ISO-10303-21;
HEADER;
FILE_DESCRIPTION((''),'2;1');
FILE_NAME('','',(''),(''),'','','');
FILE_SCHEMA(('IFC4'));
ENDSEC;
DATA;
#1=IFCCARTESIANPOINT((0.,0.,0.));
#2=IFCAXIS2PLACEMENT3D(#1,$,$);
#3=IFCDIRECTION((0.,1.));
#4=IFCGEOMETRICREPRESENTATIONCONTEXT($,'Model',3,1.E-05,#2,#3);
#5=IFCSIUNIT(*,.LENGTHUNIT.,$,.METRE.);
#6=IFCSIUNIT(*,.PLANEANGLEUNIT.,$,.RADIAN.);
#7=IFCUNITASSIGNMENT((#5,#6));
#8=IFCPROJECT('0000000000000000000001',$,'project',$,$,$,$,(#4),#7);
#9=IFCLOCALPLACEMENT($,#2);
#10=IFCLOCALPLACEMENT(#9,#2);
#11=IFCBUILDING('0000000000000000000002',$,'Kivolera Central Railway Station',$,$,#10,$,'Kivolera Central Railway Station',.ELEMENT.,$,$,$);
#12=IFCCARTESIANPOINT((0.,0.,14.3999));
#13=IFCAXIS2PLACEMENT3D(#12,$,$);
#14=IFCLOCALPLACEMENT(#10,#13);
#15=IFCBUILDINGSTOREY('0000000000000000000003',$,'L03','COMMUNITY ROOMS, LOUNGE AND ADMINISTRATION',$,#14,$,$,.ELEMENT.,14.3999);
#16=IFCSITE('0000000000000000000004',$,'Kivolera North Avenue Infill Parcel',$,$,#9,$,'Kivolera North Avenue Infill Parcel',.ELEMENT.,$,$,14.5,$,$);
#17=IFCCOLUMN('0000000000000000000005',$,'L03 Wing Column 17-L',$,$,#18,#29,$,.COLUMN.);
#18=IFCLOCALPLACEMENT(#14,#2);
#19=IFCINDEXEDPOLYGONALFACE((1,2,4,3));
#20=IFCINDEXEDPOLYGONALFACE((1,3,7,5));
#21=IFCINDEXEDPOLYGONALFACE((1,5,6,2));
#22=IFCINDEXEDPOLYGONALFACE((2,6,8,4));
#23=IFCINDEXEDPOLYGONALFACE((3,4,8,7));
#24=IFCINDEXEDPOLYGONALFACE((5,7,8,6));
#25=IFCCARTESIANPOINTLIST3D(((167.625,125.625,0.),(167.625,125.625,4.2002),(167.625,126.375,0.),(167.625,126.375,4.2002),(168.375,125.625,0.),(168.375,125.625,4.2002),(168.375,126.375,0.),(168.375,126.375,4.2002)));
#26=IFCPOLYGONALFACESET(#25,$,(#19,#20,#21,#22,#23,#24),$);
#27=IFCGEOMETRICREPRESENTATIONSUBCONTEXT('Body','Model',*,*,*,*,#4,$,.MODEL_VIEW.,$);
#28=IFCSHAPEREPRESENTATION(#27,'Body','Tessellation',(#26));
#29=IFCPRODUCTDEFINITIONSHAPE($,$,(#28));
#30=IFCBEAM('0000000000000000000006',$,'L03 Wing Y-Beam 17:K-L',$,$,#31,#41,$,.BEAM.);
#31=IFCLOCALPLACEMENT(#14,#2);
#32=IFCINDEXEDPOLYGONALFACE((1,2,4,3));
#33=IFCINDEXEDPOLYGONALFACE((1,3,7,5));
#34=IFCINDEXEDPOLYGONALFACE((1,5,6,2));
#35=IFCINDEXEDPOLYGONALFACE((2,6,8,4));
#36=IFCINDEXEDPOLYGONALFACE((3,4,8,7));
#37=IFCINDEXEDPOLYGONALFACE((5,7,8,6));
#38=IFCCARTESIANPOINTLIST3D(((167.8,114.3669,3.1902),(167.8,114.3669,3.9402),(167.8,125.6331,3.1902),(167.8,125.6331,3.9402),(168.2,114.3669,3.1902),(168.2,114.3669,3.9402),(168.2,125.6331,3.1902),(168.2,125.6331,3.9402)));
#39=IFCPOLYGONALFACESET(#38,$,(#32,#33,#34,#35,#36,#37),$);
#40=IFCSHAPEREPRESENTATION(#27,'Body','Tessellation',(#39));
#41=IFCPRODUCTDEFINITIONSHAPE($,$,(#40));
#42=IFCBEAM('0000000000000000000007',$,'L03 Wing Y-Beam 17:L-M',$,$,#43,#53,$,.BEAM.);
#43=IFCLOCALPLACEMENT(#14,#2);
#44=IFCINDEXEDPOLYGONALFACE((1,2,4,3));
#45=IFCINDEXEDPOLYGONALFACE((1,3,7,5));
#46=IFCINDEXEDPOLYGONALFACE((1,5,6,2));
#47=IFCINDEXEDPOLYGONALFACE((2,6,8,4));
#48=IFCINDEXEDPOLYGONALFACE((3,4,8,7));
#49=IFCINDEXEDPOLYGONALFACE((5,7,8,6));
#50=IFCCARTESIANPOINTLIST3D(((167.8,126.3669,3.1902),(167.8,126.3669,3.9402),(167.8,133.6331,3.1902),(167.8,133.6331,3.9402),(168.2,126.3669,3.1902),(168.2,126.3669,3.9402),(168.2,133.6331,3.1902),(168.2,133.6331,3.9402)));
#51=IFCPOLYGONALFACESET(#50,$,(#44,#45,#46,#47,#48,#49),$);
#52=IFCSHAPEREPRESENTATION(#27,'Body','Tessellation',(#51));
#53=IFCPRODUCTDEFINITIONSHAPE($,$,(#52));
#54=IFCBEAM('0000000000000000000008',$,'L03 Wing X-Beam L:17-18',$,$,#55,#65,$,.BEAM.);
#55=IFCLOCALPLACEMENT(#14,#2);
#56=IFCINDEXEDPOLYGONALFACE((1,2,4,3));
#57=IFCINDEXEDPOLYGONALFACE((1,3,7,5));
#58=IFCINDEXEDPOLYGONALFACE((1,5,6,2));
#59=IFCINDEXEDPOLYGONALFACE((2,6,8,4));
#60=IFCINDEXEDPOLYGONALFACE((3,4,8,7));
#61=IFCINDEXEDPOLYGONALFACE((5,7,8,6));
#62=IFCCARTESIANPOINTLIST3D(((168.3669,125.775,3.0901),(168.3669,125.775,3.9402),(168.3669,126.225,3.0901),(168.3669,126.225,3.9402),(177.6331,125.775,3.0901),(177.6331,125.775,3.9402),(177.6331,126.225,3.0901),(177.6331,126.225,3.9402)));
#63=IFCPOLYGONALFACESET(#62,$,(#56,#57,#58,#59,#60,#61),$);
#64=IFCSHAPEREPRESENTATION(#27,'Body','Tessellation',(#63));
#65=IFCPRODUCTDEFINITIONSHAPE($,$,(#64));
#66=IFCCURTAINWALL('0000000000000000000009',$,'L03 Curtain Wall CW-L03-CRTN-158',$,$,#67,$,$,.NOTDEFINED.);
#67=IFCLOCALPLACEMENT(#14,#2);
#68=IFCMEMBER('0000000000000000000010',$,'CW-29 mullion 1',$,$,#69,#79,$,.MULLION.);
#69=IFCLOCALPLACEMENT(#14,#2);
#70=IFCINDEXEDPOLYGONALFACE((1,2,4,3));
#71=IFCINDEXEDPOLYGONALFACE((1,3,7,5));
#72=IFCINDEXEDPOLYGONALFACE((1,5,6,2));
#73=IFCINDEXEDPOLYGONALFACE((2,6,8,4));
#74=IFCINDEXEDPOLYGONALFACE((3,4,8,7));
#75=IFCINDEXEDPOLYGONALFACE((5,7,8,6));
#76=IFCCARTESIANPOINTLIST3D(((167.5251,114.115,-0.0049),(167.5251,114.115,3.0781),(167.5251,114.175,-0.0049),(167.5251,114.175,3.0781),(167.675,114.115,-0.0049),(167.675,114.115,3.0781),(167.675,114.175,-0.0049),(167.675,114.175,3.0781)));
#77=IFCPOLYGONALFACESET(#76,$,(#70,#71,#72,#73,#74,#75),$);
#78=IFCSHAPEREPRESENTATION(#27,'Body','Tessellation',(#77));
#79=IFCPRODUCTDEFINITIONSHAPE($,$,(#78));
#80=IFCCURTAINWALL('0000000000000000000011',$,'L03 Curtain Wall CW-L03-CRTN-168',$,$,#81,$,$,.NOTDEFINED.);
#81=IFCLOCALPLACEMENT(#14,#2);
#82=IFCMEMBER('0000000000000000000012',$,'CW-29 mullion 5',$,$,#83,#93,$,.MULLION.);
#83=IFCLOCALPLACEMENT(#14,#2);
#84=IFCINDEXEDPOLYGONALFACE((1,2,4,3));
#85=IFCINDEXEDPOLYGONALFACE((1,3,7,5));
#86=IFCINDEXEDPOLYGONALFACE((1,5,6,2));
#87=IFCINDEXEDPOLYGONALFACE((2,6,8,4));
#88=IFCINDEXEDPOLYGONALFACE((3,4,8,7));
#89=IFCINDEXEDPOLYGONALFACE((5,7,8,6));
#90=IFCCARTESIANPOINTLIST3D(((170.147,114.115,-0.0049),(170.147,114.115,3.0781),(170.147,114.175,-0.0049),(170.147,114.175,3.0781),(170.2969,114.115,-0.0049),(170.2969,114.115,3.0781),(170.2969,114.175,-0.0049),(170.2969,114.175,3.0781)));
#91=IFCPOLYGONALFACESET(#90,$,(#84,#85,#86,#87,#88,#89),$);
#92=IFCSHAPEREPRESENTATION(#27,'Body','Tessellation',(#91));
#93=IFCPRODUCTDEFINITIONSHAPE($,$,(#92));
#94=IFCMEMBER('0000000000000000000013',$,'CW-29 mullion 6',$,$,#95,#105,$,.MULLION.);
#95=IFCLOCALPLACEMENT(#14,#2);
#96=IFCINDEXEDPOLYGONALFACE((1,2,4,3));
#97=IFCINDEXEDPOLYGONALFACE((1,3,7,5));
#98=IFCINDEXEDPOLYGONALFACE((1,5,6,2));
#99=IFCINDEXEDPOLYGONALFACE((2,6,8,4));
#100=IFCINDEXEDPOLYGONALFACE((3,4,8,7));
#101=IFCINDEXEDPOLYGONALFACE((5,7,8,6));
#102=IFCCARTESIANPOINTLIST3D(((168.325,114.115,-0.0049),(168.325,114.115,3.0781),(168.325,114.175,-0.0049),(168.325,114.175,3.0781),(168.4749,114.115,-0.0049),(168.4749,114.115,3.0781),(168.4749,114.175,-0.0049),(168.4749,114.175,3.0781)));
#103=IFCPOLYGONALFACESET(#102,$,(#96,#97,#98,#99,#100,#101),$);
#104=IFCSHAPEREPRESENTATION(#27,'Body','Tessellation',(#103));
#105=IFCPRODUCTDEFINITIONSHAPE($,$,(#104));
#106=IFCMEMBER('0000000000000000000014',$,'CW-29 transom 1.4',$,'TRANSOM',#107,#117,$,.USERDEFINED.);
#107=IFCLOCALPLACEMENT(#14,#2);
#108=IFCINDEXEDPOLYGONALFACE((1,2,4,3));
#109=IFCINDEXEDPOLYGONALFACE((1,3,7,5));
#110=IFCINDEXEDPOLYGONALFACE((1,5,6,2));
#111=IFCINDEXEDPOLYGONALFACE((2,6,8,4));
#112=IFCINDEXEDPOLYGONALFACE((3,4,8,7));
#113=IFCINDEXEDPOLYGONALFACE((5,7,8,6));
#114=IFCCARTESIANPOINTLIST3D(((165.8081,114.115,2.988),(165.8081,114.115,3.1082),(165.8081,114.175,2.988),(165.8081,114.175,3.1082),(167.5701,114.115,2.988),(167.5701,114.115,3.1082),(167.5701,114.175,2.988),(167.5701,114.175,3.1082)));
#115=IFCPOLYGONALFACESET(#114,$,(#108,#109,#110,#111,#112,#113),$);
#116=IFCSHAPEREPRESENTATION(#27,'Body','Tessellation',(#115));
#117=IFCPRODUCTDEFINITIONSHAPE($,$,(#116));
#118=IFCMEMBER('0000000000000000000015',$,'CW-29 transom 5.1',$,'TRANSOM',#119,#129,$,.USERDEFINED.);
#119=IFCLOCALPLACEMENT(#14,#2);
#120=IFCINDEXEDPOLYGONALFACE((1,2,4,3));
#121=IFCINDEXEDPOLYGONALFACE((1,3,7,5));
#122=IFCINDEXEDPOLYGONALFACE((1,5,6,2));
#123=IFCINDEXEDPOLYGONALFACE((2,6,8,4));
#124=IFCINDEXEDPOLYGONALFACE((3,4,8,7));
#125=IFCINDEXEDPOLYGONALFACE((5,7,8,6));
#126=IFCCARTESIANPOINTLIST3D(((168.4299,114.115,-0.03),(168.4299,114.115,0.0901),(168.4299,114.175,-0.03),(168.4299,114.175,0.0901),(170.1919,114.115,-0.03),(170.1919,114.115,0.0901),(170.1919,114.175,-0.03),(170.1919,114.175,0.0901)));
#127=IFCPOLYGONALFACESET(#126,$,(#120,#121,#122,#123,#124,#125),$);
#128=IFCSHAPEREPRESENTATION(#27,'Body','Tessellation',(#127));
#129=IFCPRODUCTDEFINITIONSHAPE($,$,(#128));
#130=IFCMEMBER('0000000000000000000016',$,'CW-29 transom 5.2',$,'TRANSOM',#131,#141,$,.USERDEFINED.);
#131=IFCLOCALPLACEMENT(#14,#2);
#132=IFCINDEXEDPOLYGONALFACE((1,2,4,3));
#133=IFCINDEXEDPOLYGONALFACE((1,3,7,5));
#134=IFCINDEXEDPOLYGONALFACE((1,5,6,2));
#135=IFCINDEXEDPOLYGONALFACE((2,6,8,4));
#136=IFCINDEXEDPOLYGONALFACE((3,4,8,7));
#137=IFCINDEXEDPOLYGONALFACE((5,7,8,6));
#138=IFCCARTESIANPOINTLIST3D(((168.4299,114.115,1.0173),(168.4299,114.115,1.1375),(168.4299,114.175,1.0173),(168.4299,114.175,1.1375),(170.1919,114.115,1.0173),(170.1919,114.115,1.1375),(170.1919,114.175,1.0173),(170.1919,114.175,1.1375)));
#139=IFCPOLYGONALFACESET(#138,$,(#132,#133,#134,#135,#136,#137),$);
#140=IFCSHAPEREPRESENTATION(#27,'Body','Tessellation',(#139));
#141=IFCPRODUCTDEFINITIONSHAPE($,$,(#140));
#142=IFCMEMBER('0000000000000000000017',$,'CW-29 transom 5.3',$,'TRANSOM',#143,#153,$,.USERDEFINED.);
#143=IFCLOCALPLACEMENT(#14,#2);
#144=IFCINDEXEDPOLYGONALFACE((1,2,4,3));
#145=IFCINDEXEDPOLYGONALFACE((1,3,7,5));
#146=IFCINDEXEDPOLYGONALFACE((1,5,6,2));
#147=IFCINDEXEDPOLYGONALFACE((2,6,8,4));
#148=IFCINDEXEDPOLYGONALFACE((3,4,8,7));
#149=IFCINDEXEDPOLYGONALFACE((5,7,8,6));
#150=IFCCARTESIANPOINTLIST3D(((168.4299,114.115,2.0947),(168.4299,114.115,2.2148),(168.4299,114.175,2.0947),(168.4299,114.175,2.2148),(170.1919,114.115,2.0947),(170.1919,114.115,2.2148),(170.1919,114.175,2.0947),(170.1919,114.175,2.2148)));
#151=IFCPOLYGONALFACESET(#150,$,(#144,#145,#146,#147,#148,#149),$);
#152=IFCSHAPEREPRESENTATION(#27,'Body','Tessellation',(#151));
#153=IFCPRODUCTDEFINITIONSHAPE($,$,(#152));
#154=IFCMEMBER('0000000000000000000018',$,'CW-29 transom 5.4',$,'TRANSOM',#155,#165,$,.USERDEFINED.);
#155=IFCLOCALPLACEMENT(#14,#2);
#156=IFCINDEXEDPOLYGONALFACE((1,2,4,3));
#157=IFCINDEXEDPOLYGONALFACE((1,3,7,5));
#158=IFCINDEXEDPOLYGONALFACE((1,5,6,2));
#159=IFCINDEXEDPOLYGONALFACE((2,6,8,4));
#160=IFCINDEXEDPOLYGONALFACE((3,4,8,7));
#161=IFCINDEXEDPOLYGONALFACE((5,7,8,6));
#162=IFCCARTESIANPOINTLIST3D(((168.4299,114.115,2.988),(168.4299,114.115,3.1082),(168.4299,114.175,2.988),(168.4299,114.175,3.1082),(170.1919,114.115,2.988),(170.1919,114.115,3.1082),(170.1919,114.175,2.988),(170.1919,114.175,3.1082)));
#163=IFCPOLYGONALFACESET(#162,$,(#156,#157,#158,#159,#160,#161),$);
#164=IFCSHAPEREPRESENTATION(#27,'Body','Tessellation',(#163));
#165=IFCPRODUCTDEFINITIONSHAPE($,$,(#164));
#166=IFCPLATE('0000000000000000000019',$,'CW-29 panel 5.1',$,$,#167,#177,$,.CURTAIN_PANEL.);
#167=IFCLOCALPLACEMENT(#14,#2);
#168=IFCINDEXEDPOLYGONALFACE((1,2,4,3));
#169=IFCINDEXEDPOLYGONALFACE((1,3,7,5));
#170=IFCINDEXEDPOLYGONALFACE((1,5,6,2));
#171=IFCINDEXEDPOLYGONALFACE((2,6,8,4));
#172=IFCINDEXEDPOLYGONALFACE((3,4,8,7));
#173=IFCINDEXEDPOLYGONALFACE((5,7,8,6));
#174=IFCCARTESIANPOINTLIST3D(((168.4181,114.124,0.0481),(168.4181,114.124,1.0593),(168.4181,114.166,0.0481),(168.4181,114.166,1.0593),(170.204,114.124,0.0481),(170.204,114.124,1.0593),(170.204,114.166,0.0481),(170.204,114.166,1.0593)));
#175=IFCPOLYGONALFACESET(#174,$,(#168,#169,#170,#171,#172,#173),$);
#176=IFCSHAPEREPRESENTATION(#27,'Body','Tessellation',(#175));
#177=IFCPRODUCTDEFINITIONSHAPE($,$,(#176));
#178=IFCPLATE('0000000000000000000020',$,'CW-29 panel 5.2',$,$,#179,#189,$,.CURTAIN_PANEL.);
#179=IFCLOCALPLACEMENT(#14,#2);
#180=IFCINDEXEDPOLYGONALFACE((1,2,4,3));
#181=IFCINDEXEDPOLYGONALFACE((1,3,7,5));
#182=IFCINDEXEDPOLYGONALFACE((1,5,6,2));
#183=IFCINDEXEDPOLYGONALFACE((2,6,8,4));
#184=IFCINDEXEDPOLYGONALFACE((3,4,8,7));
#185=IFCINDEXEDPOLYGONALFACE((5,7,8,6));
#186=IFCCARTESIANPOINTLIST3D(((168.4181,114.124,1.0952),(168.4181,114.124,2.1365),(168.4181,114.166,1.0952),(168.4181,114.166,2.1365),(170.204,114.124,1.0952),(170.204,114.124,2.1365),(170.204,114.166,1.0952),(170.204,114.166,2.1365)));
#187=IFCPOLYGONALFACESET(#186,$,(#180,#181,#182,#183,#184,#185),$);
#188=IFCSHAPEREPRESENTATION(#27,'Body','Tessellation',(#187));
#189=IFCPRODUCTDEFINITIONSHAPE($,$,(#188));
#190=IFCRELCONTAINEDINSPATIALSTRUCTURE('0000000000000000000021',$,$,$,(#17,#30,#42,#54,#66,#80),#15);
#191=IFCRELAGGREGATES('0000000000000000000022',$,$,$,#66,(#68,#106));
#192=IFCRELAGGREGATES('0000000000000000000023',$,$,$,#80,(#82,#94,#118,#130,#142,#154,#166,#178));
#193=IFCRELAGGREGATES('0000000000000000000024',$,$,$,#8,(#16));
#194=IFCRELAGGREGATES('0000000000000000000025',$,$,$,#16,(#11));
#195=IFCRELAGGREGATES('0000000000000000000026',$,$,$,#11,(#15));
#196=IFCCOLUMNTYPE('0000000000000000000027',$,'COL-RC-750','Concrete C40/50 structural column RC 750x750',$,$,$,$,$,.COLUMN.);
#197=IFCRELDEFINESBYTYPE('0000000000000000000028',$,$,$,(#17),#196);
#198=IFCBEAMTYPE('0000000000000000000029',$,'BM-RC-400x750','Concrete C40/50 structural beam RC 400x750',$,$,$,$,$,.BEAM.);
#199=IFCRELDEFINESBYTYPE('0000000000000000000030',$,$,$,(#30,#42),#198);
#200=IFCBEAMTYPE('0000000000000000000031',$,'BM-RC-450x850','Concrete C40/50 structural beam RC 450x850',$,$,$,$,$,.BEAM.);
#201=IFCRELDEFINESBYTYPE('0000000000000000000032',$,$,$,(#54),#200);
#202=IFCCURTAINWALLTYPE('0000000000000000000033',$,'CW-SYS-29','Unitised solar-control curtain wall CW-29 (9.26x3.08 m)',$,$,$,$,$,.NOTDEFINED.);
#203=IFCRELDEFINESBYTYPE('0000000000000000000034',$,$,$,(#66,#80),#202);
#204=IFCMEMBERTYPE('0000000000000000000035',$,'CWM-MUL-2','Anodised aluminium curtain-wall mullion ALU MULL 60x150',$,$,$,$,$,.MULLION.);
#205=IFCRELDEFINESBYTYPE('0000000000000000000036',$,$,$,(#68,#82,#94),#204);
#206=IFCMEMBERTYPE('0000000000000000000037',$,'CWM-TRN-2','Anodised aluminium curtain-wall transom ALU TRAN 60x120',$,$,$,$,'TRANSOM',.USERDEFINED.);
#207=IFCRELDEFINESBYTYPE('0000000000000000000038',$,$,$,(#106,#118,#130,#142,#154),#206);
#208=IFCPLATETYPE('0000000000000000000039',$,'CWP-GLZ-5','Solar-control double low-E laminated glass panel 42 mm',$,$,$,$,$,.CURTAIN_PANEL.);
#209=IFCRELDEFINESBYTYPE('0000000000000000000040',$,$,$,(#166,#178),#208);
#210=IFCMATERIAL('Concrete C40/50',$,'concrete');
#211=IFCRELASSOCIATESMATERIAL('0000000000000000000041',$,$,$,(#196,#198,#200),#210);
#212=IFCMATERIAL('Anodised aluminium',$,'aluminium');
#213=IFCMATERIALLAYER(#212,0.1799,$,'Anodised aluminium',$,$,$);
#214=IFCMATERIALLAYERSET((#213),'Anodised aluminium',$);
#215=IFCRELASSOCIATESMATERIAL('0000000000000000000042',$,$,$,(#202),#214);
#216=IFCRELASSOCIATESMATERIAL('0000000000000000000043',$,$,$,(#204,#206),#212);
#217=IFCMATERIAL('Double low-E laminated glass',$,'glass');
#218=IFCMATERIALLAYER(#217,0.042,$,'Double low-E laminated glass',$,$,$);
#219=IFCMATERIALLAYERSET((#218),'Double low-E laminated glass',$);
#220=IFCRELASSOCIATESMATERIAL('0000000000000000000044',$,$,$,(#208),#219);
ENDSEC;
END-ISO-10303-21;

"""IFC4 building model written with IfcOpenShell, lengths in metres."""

from ifc_helpers import new_model, si_unit, direction, frame, origin, origin_2d, place, context, subcontext, project, spatial, rectangle, extrude, material, layer, layer_set, material_profile, profile_set, type_object, element, aggregate, save


model = new_model("IFC4")

# Units and contexts
model_context = context("Model", 3, precision=1e-05, world=origin(), true_north=direction((0.0, 1.0)))
body_context = subcontext(model_context, "Body", "Model", "MODEL_VIEW")
ifc_project = project(units=[si_unit("LENGTHUNIT", "METRE"), si_unit("PLANEANGLEUNIT", "RADIAN")], contexts=[model_context])

# Site, building, storey
site_placement = place(None, origin())
site = spatial("IfcSite", under=ifc_project, at=site_placement, Name="Kivolera North Avenue Infill Parcel", LongName="Kivolera North Avenue Infill Parcel", CompositionType="ELEMENT", RefElevation=14.5)
building_placement = place(site_placement, origin())
building = spatial("IfcBuilding", under=site, at=building_placement, Name="Kivolera Central Railway Station", LongName="Kivolera Central Railway Station", CompositionType="ELEMENT")
storey_placement = place(building_placement, frame((0.0, 0.0, 14.3999)))
storey = spatial("IfcBuildingStorey", under=building, at=storey_placement, Name="L03", Description="COMMUNITY ROOMS, LOUNGE AND ADMINISTRATION", CompositionType="ELEMENT", Elevation=14.3999)

# Column
ifc_material_1 = material(Name="Concrete C40/50", Category="concrete")
ifc_material_profile_1 = material_profile(ifc_material_1, rectangle(XDim=0.75, YDim=0.75, at=origin_2d()), Name="RC 750x750")
ifc_profile_set_1 = profile_set([ifc_material_profile_1], Name="Concrete C40/50")
column_type = type_object("IfcColumnType", Name="COL-RC-750", Description="Concrete C40/50 structural column RC 750x750", PredefinedType="COLUMN", material=ifc_profile_set_1)
column_placement = place(storey_placement, frame((168.0, 126.0, 0.0), z_axis=(0.0, 0.0, 1.0), x_axis=(1.0, 0.0, 0.0)))
element("IfcColumn", 1, at=column_placement, inside=storey, type_object=column_type, Name="L03 Wing Column 17-L", PredefinedType="COLUMN", context=body_context, shape_type="SweptSolid", body=[
    extrude(rectangle(XDim=0.75, YDim=0.75, at=origin_2d()), origin(), (0.0, 0.0, 1.0), 4.2002),
])

# Beams
ifc_material_profile_2 = material_profile(ifc_material_1, rectangle(XDim=0.3999, YDim=0.75, at=origin_2d()), Name="RC 400x750")
ifc_profile_set_2 = profile_set([ifc_material_profile_2], Name="Concrete C40/50")
beam_type_1 = type_object("IfcBeamType", Name="BM-RC-400x750", Description="Concrete C40/50 structural beam RC 400x750", PredefinedType="BEAM", material=ifc_profile_set_2)
beam_1_placement = place(storey_placement, frame((168.0, 114.3669, 3.5652), z_axis=(0.0, 1.0, 0.0), x_axis=(-1.0, 0.0, 0.0)))
element("IfcBeam", 2, at=beam_1_placement, inside=storey, type_object=beam_type_1, Name="L03 Wing Y-Beam 17:K-L", PredefinedType="BEAM", context=body_context, shape_type="SweptSolid", body=[
    extrude(rectangle(XDim=0.3999, YDim=0.75, at=origin_2d()), origin(), (0.0, 0.0, 1.0), 11.2661),
])
beam_2_placement = place(storey_placement, frame((168.0, 126.3669, 3.5652), z_axis=(0.0, 1.0, 0.0), x_axis=(-1.0, 0.0, 0.0)))
element("IfcBeam", 3, at=beam_2_placement, inside=storey, type_object=beam_type_1, Name="L03 Wing Y-Beam 17:L-M", PredefinedType="BEAM", context=body_context, shape_type="SweptSolid", body=[
    extrude(rectangle(XDim=0.3999, YDim=0.75, at=origin_2d()), origin(), (0.0, 0.0, 1.0), 7.2661),
])
ifc_material_profile_3 = material_profile(ifc_material_1, rectangle(XDim=0.45, YDim=0.8501, at=origin_2d()), Name="RC 450x850")
ifc_profile_set_3 = profile_set([ifc_material_profile_3], Name="Concrete C40/50")
beam_type_2 = type_object("IfcBeamType", Name="BM-RC-450x850", Description="Concrete C40/50 structural beam RC 450x850", PredefinedType="BEAM", material=ifc_profile_set_3)
beam_3_placement = place(storey_placement, frame((168.3669, 126.0, 3.5151), z_axis=(1.0, 0.0, 0.0), x_axis=(0.0, 1.0, 0.0)))
element("IfcBeam", 4, at=beam_3_placement, inside=storey, type_object=beam_type_2, Name="L03 Wing X-Beam L:17-18", PredefinedType="BEAM", context=body_context, shape_type="SweptSolid", body=[
    extrude(rectangle(XDim=0.45, YDim=0.8501, at=origin_2d()), origin(), (0.0, 0.0, 1.0), 9.2661),
])

# Curtain wall, member
ifc_material_2 = material(Name="Anodised aluminium", Category="aluminium")
ifc_layer_1 = layer(ifc_material_2, 0.1799, Name="Anodised aluminium")
ifc_layer_set_1 = layer_set([ifc_layer_1], Name="Anodised aluminium")
curtain_wall_type = type_object("IfcCurtainWallType", Name="CW-SYS-29", Description="Unitised solar-control curtain wall CW-29 (9.26x3.08 m)", PredefinedType="NOTDEFINED", material=ifc_layer_set_1)
curtain_wall_1_placement = place(storey_placement, origin())
curtain_wall_1 = element("IfcCurtainWall", 5, at=curtain_wall_1_placement, inside=storey, type_object=curtain_wall_type, Name="L03 Curtain Wall CW-L03-CRTN-158", PredefinedType="NOTDEFINED")
ifc_material_profile_4 = material_profile(ifc_material_2, rectangle(XDim=0.0601, YDim=0.1499, at=origin_2d()), Name="ALU MULL 60x150")
ifc_profile_set_4 = profile_set([ifc_material_profile_4], Name="Anodised aluminium")
member_type_1 = type_object("IfcMemberType", Name="CWM-MUL-2", Description="Anodised aluminium curtain-wall mullion ALU MULL 60x150", PredefinedType="MULLION", material=ifc_profile_set_4)
member_1_placement = place(storey_placement, frame((167.6001, 114.145, -0.0049), z_axis=(0.0, 0.0, 1.0), x_axis=(0.0, -1.0, 0.0)))
member_1 = element("IfcMember", 6, at=member_1_placement, type_object=member_type_1, Name="CW-29 mullion 1", PredefinedType="MULLION", context=body_context, shape_type="SweptSolid", body=[
    extrude(rectangle(XDim=0.0601, YDim=0.1499, at=origin_2d()), origin(), (0.0, 0.0, 1.0), 3.083),
])

# Curtain wall, members
curtain_wall_2_placement = place(storey_placement, origin())
curtain_wall_2 = element("IfcCurtainWall", 7, at=curtain_wall_2_placement, inside=storey, type_object=curtain_wall_type, Name="L03 Curtain Wall CW-L03-CRTN-168", PredefinedType="NOTDEFINED")
member_2_placement = place(storey_placement, frame((170.2219, 114.145, -0.0049), z_axis=(0.0, 0.0, 1.0), x_axis=(0.0, -1.0, 0.0)))
member_2 = element("IfcMember", 8, at=member_2_placement, type_object=member_type_1, Name="CW-29 mullion 5", PredefinedType="MULLION", context=body_context, shape_type="SweptSolid", body=[
    extrude(rectangle(XDim=0.0601, YDim=0.1499, at=origin_2d()), origin(), (0.0, 0.0, 1.0), 3.083),
])
member_3_placement = place(storey_placement, frame((168.3999, 114.145, -0.0049), z_axis=(0.0, 0.0, 1.0), x_axis=(0.0, -1.0, 0.0)))
member_3 = element("IfcMember", 9, at=member_3_placement, type_object=member_type_1, Name="CW-29 mullion 6", PredefinedType="MULLION", context=body_context, shape_type="SweptSolid", body=[
    extrude(rectangle(XDim=0.0601, YDim=0.1499, at=origin_2d()), origin(), (0.0, 0.0, 1.0), 3.083),
])

# Members
ifc_material_profile_5 = material_profile(ifc_material_2, rectangle(XDim=0.0601, YDim=0.1201, at=origin_2d()), Name="ALU TRAN 60x120")
ifc_profile_set_5 = profile_set([ifc_material_profile_5], Name="Anodised aluminium")
member_type_2 = type_object("IfcMemberType", Name="CWM-TRN-2", Description="Anodised aluminium curtain-wall transom ALU TRAN 60x120", ElementType="TRANSOM", PredefinedType="USERDEFINED", material=ifc_profile_set_5)
member_4_placement = place(storey_placement, frame((167.5701, 114.145, 3.0481), z_axis=(-1.0, 0.0, 0.0), x_axis=(0.0, -1.0, 0.0)))
member_4 = element("IfcMember", 10, at=member_4_placement, type_object=member_type_2, Name="CW-29 transom 1.4", ObjectType="TRANSOM", PredefinedType="USERDEFINED", context=body_context, shape_type="SweptSolid", body=[
    extrude(rectangle(XDim=0.0601, YDim=0.1201, at=origin_2d()), origin(), (0.0, 0.0, 1.0), 1.762),
])
aggregate(curtain_wall_1, [member_1, member_4])
member_5_placement = place(storey_placement, frame((170.1919, 114.145, 0.03), z_axis=(-1.0, 0.0, 0.0), x_axis=(0.0, -1.0, 0.0)))
member_5 = element("IfcMember", 11, at=member_5_placement, type_object=member_type_2, Name="CW-29 transom 5.1", ObjectType="TRANSOM", PredefinedType="USERDEFINED", context=body_context, shape_type="SweptSolid", body=[
    extrude(rectangle(XDim=0.0601, YDim=0.1201, at=origin_2d()), origin(), (0.0, 0.0, 1.0), 1.762),
])
member_6_placement = place(storey_placement, frame((170.1919, 114.145, 1.0774), z_axis=(-1.0, 0.0, 0.0), x_axis=(0.0, -1.0, 0.0)))
member_6 = element("IfcMember", 12, at=member_6_placement, type_object=member_type_2, Name="CW-29 transom 5.2", ObjectType="TRANSOM", PredefinedType="USERDEFINED", context=body_context, shape_type="SweptSolid", body=[
    extrude(rectangle(XDim=0.0601, YDim=0.1201, at=origin_2d()), origin(), (0.0, 0.0, 1.0), 1.762),
])
member_7_placement = place(storey_placement, frame((170.1919, 114.145, 2.1548), z_axis=(-1.0, 0.0, 0.0), x_axis=(0.0, -1.0, 0.0)))
member_7 = element("IfcMember", 13, at=member_7_placement, type_object=member_type_2, Name="CW-29 transom 5.3", ObjectType="TRANSOM", PredefinedType="USERDEFINED", context=body_context, shape_type="SweptSolid", body=[
    extrude(rectangle(XDim=0.0601, YDim=0.1201, at=origin_2d()), origin(), (0.0, 0.0, 1.0), 1.762),
])
member_8_placement = place(storey_placement, frame((170.1919, 114.145, 3.0481), z_axis=(-1.0, 0.0, 0.0), x_axis=(0.0, -1.0, 0.0)))
member_8 = element("IfcMember", 14, at=member_8_placement, type_object=member_type_2, Name="CW-29 transom 5.4", ObjectType="TRANSOM", PredefinedType="USERDEFINED", context=body_context, shape_type="SweptSolid", body=[
    extrude(rectangle(XDim=0.0601, YDim=0.1201, at=origin_2d()), origin(), (0.0, 0.0, 1.0), 1.762),
])

# Plates
ifc_material_3 = material(Name="Double low-E laminated glass", Category="glass")
ifc_layer_2 = layer(ifc_material_3, 0.042, Name="Double low-E laminated glass")
ifc_layer_set_2 = layer_set([ifc_layer_2], Name="Double low-E laminated glass")
plate_type = type_object("IfcPlateType", Name="CWP-GLZ-5", Description="Solar-control double low-E laminated glass panel 42 mm", PredefinedType="CURTAIN_PANEL", material=ifc_layer_set_2)
plate_1_placement = place(storey_placement, frame((169.311, 114.145, 0.0481), z_axis=(0.0, 0.0, 1.0), x_axis=(-1.0, 0.0, 0.0)))
plate_1 = element("IfcPlate", 15, at=plate_1_placement, type_object=plate_type, Name="CW-29 panel 5.1", PredefinedType="CURTAIN_PANEL", context=body_context, shape_type="SweptSolid", body=[
    extrude(rectangle(XDim=1.7859, YDim=0.042, at=origin_2d()), origin(), (0.0, 0.0, 1.0), 1.0112),
])
plate_2_placement = place(storey_placement, frame((169.311, 114.145, 1.0952), z_axis=(0.0, 0.0, 1.0), x_axis=(-1.0, 0.0, 0.0)))
plate_2 = element("IfcPlate", 16, at=plate_2_placement, type_object=plate_type, Name="CW-29 panel 5.2", PredefinedType="CURTAIN_PANEL", context=body_context, shape_type="SweptSolid", body=[
    extrude(rectangle(XDim=1.7859, YDim=0.042, at=origin_2d()), origin(), (0.0, 0.0, 1.0), 1.0413),
])
aggregate(curtain_wall_2, [member_2, member_3, member_5, member_6, member_7, member_8, plate_1, plate_2])

save(model, "model.ifc")
